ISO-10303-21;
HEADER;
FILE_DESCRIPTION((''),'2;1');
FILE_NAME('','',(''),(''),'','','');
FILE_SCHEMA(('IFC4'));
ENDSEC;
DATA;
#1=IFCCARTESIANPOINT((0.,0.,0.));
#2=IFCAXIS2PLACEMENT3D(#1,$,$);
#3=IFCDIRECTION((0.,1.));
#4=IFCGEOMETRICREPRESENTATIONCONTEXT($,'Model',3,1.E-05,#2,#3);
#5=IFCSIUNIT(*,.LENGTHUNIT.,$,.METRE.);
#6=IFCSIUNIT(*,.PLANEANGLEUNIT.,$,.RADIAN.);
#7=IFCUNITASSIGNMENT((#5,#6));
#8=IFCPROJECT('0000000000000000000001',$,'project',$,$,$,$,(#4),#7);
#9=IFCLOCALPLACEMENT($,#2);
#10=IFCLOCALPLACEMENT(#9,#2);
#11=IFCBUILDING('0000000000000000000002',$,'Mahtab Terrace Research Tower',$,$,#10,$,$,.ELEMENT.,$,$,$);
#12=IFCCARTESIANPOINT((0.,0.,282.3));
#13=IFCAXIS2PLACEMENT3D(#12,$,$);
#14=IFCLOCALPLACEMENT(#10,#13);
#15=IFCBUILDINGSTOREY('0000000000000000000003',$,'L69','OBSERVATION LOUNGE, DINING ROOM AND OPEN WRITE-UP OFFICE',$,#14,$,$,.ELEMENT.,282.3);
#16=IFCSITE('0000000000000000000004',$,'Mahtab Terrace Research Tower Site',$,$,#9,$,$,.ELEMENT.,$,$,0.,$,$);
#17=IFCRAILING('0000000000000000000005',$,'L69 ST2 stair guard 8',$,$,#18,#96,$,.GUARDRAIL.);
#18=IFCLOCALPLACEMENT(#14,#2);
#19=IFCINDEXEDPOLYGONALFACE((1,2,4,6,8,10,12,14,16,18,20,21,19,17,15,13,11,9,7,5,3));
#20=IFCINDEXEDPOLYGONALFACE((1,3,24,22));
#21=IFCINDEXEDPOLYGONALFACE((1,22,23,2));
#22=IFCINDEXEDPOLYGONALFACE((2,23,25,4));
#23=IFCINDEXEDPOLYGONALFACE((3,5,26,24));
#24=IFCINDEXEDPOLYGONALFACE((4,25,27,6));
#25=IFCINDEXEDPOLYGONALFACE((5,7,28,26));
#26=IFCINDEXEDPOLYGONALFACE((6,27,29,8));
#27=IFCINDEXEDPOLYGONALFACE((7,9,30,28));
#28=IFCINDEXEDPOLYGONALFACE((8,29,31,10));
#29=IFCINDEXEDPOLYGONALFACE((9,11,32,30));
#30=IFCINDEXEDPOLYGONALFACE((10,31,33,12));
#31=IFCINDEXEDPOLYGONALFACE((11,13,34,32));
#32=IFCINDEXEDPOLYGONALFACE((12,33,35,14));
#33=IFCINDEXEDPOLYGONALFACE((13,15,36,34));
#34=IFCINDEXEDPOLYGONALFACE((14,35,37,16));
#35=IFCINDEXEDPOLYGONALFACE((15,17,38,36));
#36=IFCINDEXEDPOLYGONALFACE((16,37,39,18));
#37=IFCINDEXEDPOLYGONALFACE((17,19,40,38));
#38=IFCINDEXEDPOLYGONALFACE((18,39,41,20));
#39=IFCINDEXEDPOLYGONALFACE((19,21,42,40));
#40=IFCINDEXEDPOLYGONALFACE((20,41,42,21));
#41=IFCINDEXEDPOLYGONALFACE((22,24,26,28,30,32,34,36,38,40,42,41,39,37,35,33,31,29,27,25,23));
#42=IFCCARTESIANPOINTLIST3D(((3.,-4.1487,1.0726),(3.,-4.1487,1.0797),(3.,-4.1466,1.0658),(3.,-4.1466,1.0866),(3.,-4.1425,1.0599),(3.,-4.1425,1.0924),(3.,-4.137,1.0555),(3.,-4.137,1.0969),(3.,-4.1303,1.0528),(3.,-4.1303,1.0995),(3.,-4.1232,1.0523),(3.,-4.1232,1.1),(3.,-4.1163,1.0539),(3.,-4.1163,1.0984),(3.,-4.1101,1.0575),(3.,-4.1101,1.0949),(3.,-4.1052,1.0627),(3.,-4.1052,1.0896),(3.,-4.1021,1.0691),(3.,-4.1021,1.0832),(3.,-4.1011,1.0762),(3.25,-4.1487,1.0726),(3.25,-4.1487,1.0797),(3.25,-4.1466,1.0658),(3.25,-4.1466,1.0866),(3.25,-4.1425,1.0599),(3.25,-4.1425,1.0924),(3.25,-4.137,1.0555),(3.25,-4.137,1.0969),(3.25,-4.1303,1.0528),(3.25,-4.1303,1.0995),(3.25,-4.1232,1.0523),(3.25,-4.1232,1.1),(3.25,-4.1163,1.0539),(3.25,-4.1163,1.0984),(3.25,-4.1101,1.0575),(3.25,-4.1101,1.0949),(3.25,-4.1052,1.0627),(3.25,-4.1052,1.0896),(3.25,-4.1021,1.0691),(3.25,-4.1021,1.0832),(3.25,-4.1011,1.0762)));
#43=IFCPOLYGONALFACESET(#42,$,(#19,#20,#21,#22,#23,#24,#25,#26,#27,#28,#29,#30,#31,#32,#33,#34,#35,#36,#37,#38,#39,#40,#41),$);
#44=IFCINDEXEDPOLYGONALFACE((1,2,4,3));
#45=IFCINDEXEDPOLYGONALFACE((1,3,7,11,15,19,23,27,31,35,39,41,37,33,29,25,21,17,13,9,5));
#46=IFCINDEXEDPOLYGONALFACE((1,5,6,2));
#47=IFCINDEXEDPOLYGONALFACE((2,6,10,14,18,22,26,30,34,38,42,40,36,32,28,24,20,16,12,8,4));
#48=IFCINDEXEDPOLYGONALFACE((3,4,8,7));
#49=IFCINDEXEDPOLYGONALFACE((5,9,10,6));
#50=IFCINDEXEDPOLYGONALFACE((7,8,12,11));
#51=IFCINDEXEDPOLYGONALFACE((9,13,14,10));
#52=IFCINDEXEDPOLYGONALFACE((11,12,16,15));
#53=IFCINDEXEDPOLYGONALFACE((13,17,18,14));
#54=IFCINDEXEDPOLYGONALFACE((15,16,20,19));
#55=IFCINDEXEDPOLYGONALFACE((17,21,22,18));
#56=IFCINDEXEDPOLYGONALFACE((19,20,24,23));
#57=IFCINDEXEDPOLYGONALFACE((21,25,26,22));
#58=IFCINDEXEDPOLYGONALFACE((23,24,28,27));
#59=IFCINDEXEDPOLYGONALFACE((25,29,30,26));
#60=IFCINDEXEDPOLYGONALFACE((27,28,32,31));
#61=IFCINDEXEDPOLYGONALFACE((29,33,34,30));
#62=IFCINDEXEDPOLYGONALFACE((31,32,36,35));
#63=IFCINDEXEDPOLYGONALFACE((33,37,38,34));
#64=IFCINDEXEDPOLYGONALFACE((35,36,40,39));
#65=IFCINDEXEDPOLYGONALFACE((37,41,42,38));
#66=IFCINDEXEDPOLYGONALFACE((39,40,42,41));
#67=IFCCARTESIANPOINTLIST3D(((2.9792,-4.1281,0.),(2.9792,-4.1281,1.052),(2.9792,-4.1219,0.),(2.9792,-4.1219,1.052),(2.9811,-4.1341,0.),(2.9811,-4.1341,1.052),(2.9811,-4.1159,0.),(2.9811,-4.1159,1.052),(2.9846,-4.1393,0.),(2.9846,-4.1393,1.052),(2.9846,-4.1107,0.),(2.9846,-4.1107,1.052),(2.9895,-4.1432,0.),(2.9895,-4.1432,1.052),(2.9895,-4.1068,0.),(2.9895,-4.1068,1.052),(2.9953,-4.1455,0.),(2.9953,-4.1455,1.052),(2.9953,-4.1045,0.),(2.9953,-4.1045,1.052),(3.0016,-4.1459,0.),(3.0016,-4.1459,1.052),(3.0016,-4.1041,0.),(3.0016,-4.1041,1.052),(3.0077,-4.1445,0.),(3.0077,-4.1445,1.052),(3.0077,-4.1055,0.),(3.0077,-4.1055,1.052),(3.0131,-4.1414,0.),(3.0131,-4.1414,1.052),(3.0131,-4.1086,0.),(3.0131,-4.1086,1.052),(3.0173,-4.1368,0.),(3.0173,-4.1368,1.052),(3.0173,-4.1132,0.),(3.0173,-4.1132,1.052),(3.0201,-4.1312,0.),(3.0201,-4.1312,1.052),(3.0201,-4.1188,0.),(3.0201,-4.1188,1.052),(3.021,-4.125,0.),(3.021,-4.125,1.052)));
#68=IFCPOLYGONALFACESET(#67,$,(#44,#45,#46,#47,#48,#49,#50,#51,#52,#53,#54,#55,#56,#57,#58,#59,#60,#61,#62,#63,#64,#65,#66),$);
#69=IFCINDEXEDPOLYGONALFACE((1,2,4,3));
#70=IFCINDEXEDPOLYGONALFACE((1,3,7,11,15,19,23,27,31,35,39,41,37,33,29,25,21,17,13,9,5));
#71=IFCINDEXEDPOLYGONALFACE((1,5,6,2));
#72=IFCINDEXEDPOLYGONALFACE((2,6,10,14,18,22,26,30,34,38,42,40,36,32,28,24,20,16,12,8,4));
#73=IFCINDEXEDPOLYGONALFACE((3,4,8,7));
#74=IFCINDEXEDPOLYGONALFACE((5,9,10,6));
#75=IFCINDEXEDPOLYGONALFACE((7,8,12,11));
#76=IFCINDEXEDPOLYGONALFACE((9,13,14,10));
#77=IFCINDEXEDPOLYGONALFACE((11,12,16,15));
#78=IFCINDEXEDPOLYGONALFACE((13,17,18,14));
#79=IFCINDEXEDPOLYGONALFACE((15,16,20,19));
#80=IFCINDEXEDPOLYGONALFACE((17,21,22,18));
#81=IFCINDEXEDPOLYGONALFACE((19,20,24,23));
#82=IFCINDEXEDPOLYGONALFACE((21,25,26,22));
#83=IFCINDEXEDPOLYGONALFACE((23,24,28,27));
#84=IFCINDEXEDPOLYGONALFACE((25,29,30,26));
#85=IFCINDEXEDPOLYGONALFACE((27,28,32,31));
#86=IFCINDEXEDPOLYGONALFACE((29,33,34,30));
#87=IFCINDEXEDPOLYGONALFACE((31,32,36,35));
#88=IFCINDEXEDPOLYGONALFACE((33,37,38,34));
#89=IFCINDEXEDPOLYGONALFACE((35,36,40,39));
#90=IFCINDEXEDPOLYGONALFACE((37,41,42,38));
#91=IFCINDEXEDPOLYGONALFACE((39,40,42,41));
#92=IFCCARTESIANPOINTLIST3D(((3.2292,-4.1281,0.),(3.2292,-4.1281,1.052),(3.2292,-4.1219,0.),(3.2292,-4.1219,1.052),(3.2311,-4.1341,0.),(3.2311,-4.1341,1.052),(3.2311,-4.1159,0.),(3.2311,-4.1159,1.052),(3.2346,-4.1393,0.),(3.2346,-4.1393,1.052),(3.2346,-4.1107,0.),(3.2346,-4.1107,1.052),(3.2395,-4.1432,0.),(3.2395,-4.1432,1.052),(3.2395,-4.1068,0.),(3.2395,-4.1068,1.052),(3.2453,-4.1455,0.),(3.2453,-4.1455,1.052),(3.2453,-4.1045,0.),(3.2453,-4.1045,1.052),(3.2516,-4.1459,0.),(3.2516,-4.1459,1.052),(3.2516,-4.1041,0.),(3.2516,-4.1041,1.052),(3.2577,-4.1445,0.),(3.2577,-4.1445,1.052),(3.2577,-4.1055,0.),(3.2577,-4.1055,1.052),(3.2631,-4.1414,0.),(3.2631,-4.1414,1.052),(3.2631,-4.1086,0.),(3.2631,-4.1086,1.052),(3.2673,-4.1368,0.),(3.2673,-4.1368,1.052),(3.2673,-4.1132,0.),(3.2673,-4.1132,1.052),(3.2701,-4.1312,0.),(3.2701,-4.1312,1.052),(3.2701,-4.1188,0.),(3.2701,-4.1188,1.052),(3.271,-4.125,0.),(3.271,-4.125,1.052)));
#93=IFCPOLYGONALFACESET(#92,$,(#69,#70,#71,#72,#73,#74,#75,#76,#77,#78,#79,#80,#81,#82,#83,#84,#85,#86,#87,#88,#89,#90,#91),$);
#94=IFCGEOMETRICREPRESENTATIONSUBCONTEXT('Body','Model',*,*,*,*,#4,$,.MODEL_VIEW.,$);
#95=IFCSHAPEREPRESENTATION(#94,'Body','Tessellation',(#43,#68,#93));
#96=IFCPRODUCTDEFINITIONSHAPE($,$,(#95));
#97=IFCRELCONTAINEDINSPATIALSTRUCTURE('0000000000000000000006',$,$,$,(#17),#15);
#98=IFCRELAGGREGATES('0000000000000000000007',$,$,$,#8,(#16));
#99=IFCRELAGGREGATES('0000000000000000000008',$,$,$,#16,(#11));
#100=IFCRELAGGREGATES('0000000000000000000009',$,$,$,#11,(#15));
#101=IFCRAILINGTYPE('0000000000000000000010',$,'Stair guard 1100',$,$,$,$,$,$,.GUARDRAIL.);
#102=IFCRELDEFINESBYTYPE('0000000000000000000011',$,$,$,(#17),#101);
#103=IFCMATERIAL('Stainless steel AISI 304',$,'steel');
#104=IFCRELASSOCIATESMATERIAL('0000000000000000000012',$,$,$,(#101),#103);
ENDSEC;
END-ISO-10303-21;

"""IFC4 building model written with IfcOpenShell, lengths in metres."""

from ifc_helpers import new_model, si_unit, direction, frame, origin, origin_2d, place, context, subcontext, project, spatial, circle, extrude, material, type_object, element, save


model = new_model("IFC4")

# Units and contexts
model_context = context("Model", 3, precision=1e-05, world=origin(), true_north=direction((0.0, 1.0)))
body_context = subcontext(model_context, "Body", "Model", "MODEL_VIEW")
ifc_project = project(units=[si_unit("LENGTHUNIT", "METRE"), si_unit("PLANEANGLEUNIT", "RADIAN")], contexts=[model_context])

# Site, building, storey
site_placement = place(None, origin())
site = spatial("IfcSite", under=ifc_project, at=site_placement, Name="Mahtab Terrace Research Tower Site", CompositionType="ELEMENT", RefElevation=0.0)
building_placement = place(site_placement, origin())
building = spatial("IfcBuilding", under=site, at=building_placement, Name="Mahtab Terrace Research Tower", CompositionType="ELEMENT")
storey_placement = place(building_placement, frame((0.0, 0.0, 282.3)))
storey = spatial("IfcBuildingStorey", under=building, at=storey_placement, Name="L69", Description="OBSERVATION LOUNGE, DINING ROOM AND OPEN WRITE-UP OFFICE", CompositionType="ELEMENT", Elevation=282.3)

# Railing
ifc_material_1 = material(Name="Stainless steel AISI 304", Category="steel")
railing_type = type_object("IfcRailingType", Name="Stair guard 1100", PredefinedType="GUARDRAIL", material=ifc_material_1)
railing_1_placement = place(storey_placement, frame((3.0, -4.125, 0.0)))
element("IfcRailing", 1, at=railing_1_placement, inside=storey, type_object=railing_type, Name="L69 ST2 stair guard 8", PredefinedType="GUARDRAIL", context=body_context, shape_type="SweptSolid", body=[
    extrude(circle(Radius=0.0239, at=origin_2d()), frame((0.0, 0.0, 1.0762), z_axis=(1.0, 0.0, 0.0), x_axis=(0.0, 1.0, 0.0)), (0.0, 0.0, 1.0), 0.25),
    extrude(circle(Radius=0.021, at=origin_2d()), origin(), (0.0, 0.0, 1.0), 1.052),
    extrude(circle(Radius=0.021, at=origin_2d()), frame((0.25, 0.0, 0.0)), (0.0, 0.0, 1.0), 1.052),
])

save(model, "model.ifc")
